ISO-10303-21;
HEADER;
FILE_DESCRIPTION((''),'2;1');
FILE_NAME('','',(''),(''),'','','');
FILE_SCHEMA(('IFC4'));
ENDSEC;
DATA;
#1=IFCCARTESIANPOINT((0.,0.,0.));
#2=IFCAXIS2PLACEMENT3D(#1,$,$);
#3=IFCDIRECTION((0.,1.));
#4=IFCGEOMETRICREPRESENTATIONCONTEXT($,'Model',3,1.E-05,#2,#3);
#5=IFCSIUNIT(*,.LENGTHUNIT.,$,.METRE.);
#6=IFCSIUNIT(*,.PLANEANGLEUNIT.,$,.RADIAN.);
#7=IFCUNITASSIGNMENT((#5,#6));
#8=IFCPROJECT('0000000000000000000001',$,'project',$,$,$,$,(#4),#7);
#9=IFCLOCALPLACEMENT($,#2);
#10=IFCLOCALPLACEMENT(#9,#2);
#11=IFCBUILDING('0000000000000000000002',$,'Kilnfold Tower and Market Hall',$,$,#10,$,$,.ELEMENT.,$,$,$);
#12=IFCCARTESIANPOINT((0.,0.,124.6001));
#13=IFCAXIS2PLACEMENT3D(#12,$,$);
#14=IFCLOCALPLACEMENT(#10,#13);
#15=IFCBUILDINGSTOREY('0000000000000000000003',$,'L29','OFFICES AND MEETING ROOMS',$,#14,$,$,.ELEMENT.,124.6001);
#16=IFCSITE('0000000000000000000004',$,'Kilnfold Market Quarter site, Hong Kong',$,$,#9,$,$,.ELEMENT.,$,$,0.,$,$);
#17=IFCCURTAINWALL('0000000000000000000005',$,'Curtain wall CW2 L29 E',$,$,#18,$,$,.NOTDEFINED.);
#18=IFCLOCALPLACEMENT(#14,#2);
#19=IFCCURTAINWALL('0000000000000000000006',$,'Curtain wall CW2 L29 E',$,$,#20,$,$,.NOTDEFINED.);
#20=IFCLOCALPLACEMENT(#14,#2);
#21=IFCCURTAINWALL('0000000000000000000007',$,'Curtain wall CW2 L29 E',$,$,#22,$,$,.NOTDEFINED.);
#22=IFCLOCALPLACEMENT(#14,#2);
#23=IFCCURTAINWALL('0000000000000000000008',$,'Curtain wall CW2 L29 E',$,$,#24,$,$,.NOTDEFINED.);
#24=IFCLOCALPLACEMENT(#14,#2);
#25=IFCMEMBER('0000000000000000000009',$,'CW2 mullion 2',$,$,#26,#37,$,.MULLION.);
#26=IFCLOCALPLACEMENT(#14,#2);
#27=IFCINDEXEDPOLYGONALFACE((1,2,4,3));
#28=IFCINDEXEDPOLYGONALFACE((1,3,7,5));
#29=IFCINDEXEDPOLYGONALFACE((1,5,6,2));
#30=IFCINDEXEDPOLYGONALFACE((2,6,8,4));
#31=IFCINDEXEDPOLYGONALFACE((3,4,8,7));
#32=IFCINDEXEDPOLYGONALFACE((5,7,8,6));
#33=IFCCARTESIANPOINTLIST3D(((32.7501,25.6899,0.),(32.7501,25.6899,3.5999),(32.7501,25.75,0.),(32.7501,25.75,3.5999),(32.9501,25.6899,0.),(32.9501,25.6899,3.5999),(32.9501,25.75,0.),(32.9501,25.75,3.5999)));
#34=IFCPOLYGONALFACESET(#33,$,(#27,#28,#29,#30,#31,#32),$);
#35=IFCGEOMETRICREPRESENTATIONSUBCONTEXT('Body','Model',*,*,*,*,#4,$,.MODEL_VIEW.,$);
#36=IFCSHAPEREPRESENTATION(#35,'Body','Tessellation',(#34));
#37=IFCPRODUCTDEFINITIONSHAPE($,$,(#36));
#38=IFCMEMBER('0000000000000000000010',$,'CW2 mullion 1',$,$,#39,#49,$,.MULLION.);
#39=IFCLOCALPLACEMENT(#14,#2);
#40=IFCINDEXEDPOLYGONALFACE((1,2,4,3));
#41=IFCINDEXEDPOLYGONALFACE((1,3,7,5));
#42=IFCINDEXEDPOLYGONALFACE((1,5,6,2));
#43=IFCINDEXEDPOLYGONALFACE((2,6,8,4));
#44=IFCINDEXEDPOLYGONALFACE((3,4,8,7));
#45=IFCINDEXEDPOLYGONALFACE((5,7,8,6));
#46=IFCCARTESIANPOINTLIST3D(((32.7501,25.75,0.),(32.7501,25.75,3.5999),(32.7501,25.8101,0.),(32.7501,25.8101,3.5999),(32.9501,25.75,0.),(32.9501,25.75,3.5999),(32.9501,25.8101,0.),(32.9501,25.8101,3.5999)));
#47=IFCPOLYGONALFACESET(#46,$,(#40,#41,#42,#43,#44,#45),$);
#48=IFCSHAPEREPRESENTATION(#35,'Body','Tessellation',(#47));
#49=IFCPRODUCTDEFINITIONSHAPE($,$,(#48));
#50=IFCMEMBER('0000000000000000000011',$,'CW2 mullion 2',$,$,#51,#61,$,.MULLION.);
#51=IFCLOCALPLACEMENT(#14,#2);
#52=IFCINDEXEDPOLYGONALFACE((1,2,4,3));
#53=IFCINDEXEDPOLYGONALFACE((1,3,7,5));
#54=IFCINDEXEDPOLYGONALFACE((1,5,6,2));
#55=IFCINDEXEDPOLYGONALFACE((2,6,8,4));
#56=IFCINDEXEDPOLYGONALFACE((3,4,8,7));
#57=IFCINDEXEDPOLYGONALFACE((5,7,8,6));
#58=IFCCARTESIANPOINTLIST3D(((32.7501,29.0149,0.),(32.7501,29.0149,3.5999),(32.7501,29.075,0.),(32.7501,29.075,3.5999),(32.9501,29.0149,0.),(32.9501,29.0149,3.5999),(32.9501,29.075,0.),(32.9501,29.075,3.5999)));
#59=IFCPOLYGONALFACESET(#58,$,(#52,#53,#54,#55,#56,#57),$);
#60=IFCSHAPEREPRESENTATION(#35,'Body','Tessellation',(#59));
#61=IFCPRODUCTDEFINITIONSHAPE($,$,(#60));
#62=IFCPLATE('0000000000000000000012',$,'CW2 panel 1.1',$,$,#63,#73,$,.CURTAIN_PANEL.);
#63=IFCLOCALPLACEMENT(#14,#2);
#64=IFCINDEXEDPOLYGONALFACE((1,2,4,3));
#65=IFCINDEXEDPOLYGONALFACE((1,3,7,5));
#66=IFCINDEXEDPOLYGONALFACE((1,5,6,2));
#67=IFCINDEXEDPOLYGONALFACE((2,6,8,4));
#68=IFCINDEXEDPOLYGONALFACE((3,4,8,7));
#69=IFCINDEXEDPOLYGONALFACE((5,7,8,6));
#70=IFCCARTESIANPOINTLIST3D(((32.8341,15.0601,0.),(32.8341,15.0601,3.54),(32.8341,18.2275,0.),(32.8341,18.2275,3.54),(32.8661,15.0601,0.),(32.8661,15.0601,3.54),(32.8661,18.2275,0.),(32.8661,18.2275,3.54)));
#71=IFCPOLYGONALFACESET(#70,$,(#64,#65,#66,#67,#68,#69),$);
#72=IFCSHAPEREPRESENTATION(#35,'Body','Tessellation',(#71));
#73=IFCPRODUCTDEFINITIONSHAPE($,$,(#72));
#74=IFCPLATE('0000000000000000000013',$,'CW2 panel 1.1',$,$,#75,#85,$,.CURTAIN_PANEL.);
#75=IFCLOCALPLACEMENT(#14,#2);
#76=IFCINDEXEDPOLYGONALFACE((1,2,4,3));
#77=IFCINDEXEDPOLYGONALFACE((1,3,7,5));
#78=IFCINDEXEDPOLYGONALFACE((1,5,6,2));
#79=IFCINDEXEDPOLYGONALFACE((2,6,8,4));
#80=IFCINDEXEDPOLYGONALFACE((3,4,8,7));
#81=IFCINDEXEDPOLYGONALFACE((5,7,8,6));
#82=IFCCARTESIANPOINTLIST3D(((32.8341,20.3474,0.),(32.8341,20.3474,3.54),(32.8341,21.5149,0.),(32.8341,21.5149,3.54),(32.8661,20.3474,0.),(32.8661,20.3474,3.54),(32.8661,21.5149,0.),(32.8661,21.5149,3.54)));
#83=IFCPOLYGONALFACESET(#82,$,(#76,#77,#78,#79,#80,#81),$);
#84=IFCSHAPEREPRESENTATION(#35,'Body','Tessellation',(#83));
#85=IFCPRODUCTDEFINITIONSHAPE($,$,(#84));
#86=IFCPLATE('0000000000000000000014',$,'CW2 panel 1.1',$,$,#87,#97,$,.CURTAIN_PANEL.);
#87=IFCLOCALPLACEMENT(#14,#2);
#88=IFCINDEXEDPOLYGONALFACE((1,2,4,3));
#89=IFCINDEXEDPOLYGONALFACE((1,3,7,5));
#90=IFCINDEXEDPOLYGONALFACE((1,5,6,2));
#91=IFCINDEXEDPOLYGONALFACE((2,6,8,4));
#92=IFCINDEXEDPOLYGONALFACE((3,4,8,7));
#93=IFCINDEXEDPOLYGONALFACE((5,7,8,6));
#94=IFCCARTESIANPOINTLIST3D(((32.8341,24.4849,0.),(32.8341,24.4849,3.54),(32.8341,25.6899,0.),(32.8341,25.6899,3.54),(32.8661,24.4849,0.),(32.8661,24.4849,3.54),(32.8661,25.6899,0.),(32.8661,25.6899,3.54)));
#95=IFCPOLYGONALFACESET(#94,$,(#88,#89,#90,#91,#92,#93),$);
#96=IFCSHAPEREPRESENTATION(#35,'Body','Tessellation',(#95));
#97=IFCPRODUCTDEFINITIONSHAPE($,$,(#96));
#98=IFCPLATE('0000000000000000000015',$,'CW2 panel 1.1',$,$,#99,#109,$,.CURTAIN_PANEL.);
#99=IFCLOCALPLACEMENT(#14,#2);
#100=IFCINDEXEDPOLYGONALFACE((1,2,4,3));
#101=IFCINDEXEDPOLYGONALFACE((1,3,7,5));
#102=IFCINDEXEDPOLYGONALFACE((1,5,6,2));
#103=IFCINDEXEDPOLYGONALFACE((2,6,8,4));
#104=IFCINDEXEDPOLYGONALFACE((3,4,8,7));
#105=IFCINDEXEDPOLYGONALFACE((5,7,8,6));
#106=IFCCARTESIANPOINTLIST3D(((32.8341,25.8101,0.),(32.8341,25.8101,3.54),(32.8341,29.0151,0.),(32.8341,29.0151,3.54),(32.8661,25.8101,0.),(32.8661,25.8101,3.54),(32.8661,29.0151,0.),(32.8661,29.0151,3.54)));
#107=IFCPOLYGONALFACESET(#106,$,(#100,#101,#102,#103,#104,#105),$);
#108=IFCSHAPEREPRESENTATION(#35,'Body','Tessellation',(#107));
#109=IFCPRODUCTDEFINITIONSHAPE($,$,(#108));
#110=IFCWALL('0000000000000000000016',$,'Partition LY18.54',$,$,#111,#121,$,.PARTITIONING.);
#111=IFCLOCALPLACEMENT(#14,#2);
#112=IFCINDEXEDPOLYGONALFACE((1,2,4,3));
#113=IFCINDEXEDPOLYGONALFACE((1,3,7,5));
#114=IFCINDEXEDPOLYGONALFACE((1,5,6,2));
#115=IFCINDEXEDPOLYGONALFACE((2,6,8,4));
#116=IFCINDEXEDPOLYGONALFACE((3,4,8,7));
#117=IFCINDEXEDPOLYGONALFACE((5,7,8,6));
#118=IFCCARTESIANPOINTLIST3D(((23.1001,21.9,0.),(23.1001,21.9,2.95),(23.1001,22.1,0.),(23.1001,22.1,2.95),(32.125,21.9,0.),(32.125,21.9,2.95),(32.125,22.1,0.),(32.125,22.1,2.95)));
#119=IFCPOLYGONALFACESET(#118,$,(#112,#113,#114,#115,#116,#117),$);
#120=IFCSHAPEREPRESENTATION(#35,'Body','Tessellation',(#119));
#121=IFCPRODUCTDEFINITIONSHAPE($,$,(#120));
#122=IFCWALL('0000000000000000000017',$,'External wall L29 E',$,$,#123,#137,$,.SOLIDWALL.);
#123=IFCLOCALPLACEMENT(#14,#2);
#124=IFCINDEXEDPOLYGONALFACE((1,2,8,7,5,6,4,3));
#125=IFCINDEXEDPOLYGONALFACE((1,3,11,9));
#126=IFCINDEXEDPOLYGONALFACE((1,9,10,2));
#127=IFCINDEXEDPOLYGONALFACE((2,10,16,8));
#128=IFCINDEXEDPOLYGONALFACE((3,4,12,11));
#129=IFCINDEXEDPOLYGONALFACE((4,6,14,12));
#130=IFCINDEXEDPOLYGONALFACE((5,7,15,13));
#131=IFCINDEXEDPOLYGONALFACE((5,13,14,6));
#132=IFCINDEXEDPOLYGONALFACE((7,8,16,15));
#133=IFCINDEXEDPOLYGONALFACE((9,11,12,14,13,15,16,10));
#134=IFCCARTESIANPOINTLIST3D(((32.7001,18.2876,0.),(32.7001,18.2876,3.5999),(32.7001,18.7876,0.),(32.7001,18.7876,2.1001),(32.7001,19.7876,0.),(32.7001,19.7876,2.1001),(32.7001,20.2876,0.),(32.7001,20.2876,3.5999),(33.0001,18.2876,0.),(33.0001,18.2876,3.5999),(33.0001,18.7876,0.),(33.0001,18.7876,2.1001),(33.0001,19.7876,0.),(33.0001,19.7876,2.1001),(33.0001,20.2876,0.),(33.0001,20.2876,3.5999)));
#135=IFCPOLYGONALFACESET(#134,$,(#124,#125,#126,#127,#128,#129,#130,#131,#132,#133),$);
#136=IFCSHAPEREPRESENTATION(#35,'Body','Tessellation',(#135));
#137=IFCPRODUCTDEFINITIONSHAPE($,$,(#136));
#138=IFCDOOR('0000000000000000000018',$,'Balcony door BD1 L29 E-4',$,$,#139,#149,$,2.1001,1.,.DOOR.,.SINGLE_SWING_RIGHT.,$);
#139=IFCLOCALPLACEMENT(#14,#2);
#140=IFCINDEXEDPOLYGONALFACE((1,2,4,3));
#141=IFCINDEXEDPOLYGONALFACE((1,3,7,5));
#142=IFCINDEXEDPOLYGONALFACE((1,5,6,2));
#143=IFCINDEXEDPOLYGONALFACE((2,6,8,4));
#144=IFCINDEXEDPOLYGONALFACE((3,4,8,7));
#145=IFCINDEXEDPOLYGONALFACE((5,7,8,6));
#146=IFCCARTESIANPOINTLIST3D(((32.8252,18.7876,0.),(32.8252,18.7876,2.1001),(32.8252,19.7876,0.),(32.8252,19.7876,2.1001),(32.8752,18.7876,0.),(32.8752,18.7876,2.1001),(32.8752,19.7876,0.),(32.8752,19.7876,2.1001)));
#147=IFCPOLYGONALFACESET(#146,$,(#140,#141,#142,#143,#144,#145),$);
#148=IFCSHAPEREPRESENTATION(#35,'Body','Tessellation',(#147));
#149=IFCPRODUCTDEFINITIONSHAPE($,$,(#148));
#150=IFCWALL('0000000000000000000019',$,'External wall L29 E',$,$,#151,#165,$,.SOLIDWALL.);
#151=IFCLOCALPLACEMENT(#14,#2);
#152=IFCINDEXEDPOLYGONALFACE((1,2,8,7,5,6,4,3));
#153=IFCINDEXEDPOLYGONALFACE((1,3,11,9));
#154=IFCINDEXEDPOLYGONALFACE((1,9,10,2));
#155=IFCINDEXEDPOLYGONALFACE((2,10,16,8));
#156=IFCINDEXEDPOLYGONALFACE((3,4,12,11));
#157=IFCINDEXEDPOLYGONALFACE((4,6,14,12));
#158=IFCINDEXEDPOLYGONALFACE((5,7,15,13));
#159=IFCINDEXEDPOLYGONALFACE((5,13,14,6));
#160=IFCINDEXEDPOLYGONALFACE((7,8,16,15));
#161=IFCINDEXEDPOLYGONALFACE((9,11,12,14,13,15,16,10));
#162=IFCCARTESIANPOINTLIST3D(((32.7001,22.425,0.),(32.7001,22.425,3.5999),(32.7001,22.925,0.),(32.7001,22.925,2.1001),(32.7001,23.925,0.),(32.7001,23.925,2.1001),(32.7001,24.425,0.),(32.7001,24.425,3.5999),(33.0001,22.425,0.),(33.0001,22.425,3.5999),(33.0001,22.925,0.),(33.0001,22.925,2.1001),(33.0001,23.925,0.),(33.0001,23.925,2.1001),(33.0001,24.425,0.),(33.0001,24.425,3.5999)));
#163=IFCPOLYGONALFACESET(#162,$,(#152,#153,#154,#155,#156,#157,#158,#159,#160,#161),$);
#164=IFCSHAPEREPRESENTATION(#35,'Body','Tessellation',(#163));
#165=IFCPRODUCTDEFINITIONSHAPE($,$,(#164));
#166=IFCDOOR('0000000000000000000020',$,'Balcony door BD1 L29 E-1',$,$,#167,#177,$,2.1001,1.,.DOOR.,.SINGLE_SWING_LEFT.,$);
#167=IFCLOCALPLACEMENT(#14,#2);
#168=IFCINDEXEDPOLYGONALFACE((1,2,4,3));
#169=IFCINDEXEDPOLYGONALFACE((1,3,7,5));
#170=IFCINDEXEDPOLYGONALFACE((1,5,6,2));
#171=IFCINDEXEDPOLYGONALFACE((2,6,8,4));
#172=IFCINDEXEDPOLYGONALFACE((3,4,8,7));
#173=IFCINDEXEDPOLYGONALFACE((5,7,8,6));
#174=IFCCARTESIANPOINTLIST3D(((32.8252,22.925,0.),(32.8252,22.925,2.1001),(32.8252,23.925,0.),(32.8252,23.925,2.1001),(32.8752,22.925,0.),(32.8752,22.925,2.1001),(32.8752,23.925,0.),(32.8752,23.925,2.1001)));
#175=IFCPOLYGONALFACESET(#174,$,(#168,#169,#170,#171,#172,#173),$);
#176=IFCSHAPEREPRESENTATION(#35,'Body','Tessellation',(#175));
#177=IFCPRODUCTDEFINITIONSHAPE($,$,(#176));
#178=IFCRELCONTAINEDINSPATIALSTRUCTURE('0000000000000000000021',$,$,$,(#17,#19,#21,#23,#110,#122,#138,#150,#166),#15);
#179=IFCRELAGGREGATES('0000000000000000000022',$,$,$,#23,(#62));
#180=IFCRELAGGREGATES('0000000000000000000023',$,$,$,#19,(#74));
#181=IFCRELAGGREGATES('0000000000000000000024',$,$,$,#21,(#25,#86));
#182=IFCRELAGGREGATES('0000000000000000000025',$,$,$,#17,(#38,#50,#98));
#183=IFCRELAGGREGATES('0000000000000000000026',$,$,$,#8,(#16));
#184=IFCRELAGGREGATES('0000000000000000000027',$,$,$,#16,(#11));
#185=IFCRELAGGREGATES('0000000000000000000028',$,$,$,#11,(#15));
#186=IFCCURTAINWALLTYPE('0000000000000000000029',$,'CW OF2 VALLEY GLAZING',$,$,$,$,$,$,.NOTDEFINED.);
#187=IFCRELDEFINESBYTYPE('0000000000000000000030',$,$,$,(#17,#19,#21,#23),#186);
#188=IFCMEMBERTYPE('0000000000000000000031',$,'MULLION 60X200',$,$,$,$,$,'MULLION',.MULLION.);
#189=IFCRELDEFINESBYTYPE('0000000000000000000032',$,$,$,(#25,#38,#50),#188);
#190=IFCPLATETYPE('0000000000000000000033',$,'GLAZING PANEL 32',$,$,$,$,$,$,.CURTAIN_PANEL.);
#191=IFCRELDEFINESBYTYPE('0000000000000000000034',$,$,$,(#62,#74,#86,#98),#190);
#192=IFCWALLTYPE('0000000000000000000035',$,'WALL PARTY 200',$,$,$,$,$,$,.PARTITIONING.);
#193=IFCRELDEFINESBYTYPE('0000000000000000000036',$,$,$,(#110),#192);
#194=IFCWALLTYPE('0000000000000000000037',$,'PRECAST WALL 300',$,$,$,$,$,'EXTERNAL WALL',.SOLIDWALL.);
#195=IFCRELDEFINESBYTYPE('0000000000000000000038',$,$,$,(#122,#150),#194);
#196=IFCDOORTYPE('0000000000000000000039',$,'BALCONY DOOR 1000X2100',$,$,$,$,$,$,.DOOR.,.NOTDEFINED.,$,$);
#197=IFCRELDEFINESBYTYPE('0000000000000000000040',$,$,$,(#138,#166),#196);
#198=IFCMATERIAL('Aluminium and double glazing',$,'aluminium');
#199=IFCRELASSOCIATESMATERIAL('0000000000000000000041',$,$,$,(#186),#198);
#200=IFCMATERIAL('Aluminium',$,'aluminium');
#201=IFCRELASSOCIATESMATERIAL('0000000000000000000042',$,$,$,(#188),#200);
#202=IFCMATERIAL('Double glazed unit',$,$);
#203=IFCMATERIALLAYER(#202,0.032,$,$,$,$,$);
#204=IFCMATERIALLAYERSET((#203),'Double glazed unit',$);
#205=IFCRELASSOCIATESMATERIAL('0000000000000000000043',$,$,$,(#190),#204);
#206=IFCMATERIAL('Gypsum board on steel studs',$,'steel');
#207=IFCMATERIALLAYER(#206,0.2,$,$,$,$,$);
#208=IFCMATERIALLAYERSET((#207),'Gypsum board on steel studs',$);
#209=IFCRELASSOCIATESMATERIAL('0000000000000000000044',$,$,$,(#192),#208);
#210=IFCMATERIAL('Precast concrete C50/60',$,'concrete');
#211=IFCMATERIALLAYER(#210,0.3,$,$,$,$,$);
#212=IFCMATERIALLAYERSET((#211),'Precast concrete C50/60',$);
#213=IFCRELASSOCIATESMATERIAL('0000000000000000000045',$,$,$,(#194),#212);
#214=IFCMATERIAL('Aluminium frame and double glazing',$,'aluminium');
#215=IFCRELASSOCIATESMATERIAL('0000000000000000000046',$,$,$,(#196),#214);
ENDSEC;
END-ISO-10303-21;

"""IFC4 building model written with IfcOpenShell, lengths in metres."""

from ifc_helpers import new_model, si_unit, direction, frame, frame_2d, origin, origin_2d, place, context, subcontext, project, spatial, rectangle, extrude, source, transform, mapped, material, layer, layer_set, material_profile, profile_set, type_object, element, fill, aggregate, save


model = new_model("IFC4")

# Units and contexts
model_context = context("Model", 3, precision=1e-05, world=origin(), true_north=direction((0.0, 1.0)))
body_context = subcontext(model_context, "Body", "Model", "MODEL_VIEW")
ifc_project = project(units=[si_unit("LENGTHUNIT", "METRE"), si_unit("PLANEANGLEUNIT", "RADIAN")], contexts=[model_context])

# Site, building, storey
site_placement = place(None, origin())
site = spatial("IfcSite", under=ifc_project, at=site_placement, Name="Kilnfold Market Quarter site, Hong Kong", CompositionType="ELEMENT", RefElevation=0.0)
building_placement = place(site_placement, origin())
building = spatial("IfcBuilding", under=site, at=building_placement, Name="Kilnfold Tower and Market Hall", CompositionType="ELEMENT")
storey_placement = place(building_placement, frame((0.0, 0.0, 124.6001)))
storey = spatial("IfcBuildingStorey", under=building, at=storey_placement, Name="L29", Description="OFFICES AND MEETING ROOMS", CompositionType="ELEMENT", Elevation=124.6001)

# Curtain walls
ifc_material_1 = material(Name="Aluminium and double glazing", Category="aluminium")
curtain_wall_type = type_object("IfcCurtainWallType", Name="CW OF2 VALLEY GLAZING", PredefinedType="NOTDEFINED", material=ifc_material_1)
curtain_wall_1_placement = place(storey_placement, origin())
curtain_wall_1 = element("IfcCurtainWall", 1, at=curtain_wall_1_placement, inside=storey, type_object=curtain_wall_type, Name="Curtain wall CW2 L29 E", PredefinedType="NOTDEFINED")
curtain_wall_2_placement = place(storey_placement, origin())
curtain_wall_2 = element("IfcCurtainWall", 2, at=curtain_wall_2_placement, inside=storey, type_object=curtain_wall_type, Name="Curtain wall CW2 L29 E", PredefinedType="NOTDEFINED")
curtain_wall_3_placement = place(storey_placement, origin())
curtain_wall_3 = element("IfcCurtainWall", 3, at=curtain_wall_3_placement, inside=storey, type_object=curtain_wall_type, Name="Curtain wall CW2 L29 E", PredefinedType="NOTDEFINED")
curtain_wall_4_placement = place(storey_placement, origin())
curtain_wall_4 = element("IfcCurtainWall", 4, at=curtain_wall_4_placement, inside=storey, type_object=curtain_wall_type, Name="Curtain wall CW2 L29 E", PredefinedType="NOTDEFINED")
ifc_material_2 = material(Name="Aluminium", Category="aluminium")
ifc_material_profile_1 = material_profile(ifc_material_2, rectangle(XDim=0.0601, YDim=0.2, at=origin_2d()), Name="MULLION 60x200")
ifc_profile_set_1 = profile_set([ifc_material_profile_1], Name="Aluminium")
member_type_1 = type_object("IfcMemberType", Name="MULLION 60X200", ElementType="MULLION", PredefinedType="MULLION", material=ifc_profile_set_1)
shared_shape_1 = source(origin(), body_context, "Body", "SweptSolid", [
    extrude(rectangle(XDim=0.0601, YDim=0.2, at=origin_2d()), origin(), (0.0, 0.0, 1.0), 3.5999),
])

# Members
member_1_placement = place(storey_placement, frame((32.8501, 25.72, 0.0), z_axis=(0.0, 0.0, 1.0), x_axis=(0.0, 1.0, 0.0)))
member_1 = element("IfcMember", 5, at=member_1_placement, type_object=member_type_1, Name="CW2 mullion 2", PredefinedType="MULLION", context=body_context, shape_type="MappedRepresentation", body=[
    mapped(shared_shape_1, transform((0.0, 0.0, 0.0))),
])
member_2_placement = place(storey_placement, frame((32.8501, 25.78, 0.0), z_axis=(0.0, 0.0, 1.0), x_axis=(0.0, 1.0, 0.0)))
member_2 = element("IfcMember", 6, at=member_2_placement, type_object=member_type_1, Name="CW2 mullion 1", PredefinedType="MULLION", context=body_context, shape_type="MappedRepresentation", body=[
    mapped(shared_shape_1, transform((0.0, 0.0, 0.0))),
])
member_3_placement = place(storey_placement, frame((32.8501, 29.0449, 0.0), z_axis=(0.0, 0.0, 1.0), x_axis=(0.0, 1.0, 0.0)))
member_3 = element("IfcMember", 7, at=member_3_placement, type_object=member_type_1, Name="CW2 mullion 2", PredefinedType="MULLION", context=body_context, shape_type="MappedRepresentation", body=[
    mapped(shared_shape_1, transform((0.0, 0.0, 0.0))),
])

# Plates
ifc_material_3 = material(Name="Double glazed unit")
ifc_layer_1 = layer(ifc_material_3, 0.032)
ifc_layer_set_1 = layer_set([ifc_layer_1], Name="Double glazed unit")
plate_type = type_object("IfcPlateType", Name="GLAZING PANEL 32", PredefinedType="CURTAIN_PANEL", material=ifc_layer_set_1)
shared_shape_2 = source(origin(), body_context, "Body", "SweptSolid", [
    extrude(rectangle(XDim=3.1675, YDim=0.032, at=origin_2d()), origin(), (0.0, 0.0, 1.0), 3.54),
])
plate_1_placement = place(storey_placement, frame((32.8501, 16.6438, 0.0), z_axis=(0.0, 0.0, 1.0), x_axis=(0.0, 1.0, 0.0)))
plate_1 = element("IfcPlate", 8, at=plate_1_placement, type_object=plate_type, Name="CW2 panel 1.1", PredefinedType="CURTAIN_PANEL", context=body_context, shape_type="MappedRepresentation", body=[
    mapped(shared_shape_2, transform((0.0, 0.0, 0.0))),
])
aggregate(curtain_wall_4, [plate_1])
shared_shape_3 = source(origin(), body_context, "Body", "SweptSolid", [
    extrude(rectangle(XDim=1.1675, YDim=0.032, at=origin_2d()), origin(), (0.0, 0.0, 1.0), 3.54),
])
plate_2_placement = place(storey_placement, frame((32.8501, 20.9312, 0.0), z_axis=(0.0, 0.0, 1.0), x_axis=(0.0, 1.0, 0.0)))
plate_2 = element("IfcPlate", 9, at=plate_2_placement, type_object=plate_type, Name="CW2 panel 1.1", PredefinedType="CURTAIN_PANEL", context=body_context, shape_type="MappedRepresentation", body=[
    mapped(shared_shape_3, transform((0.0, 0.0, 0.0))),
])
aggregate(curtain_wall_2, [plate_2])
shared_shape_4 = source(origin(), body_context, "Body", "SweptSolid", [
    extrude(rectangle(XDim=1.2051, YDim=0.032, at=origin_2d()), origin(), (0.0, 0.0, 1.0), 3.54),
])
plate_3_placement = place(storey_placement, frame((32.8501, 25.0874, 0.0), z_axis=(0.0, 0.0, 1.0), x_axis=(0.0, 1.0, 0.0)))
plate_3 = element("IfcPlate", 10, at=plate_3_placement, type_object=plate_type, Name="CW2 panel 1.1", PredefinedType="CURTAIN_PANEL", context=body_context, shape_type="MappedRepresentation", body=[
    mapped(shared_shape_4, transform((0.0, 0.0, 0.0))),
])
aggregate(curtain_wall_3, [member_1, plate_3])
shared_shape_5 = source(origin(), body_context, "Body", "SweptSolid", [
    extrude(rectangle(XDim=3.2051, YDim=0.032, at=origin_2d()), origin(), (0.0, 0.0, 1.0), 3.54),
])
plate_4_placement = place(storey_placement, frame((32.8501, 27.4126, 0.0), z_axis=(0.0, 0.0, 1.0), x_axis=(0.0, 1.0, 0.0)))
plate_4 = element("IfcPlate", 11, at=plate_4_placement, type_object=plate_type, Name="CW2 panel 1.1", PredefinedType="CURTAIN_PANEL", context=body_context, shape_type="MappedRepresentation", body=[
    mapped(shared_shape_5, transform((0.0, 0.0, 0.0))),
])
aggregate(curtain_wall_1, [member_2, member_3, plate_4])

# Wall
ifc_material_4 = material(Name="Gypsum board on steel studs", Category="steel")
ifc_layer_2 = layer(ifc_material_4, 0.2)
ifc_layer_set_2 = layer_set([ifc_layer_2], Name="Gypsum board on steel studs")
wall_type_1 = type_object("IfcWallType", Name="WALL PARTY 200", PredefinedType="PARTITIONING", material=ifc_layer_set_2)
wall_1_placement = place(storey_placement, frame((23.1001, 22.0, 0.0), z_axis=(0.0, 0.0, 1.0), x_axis=(1.0, 0.0, 0.0)))
element("IfcWall", 12, at=wall_1_placement, inside=storey, type_object=wall_type_1, Name="Partition LY18.54", PredefinedType="PARTITIONING", context=body_context, shape_type="SweptSolid", body=[
    extrude(rectangle(XDim=9.0249, YDim=0.2, at=frame_2d((4.5125, 0.0))), origin(), (0.0, 0.0, 1.0), 2.95),
])

# Walls, openings, doors
ifc_material_5 = material(Name="Precast concrete C50/60", Category="concrete")
ifc_layer_3 = layer(ifc_material_5, 0.3)
ifc_layer_set_3 = layer_set([ifc_layer_3], Name="Precast concrete C50/60")
wall_type_2 = type_object("IfcWallType", Name="PRECAST WALL 300", ElementType="EXTERNAL WALL", PredefinedType="SOLIDWALL", material=ifc_layer_set_3)
shared_shape_6 = source(origin(), body_context, "Body", "SweptSolid", [
    extrude(rectangle(XDim=2.0, YDim=0.3, at=frame_2d((1.0, 0.0))), origin(), (0.0, 0.0, 1.0), 3.5999),
])
wall_2_placement = place(storey_placement, frame((32.8501, 18.2876, 0.0), z_axis=(0.0, 0.0, 1.0), x_axis=(0.0, 1.0, 0.0)))
wall_2 = element("IfcWall", 13, at=wall_2_placement, inside=storey, type_object=wall_type_2, Name="External wall L29 E", PredefinedType="SOLIDWALL", context=body_context, shape_type="MappedRepresentation", body=[
    mapped(shared_shape_6, transform((0.0, 0.0, 0.0))),
])
opening_1_placement = place(wall_2_placement, frame((0.5, 0.0, 0.0)))
opening_1 = element("IfcOpeningElement", 14, at=opening_1_placement, cuts=wall_2, PredefinedType="OPENING", context=body_context, shape_type="SweptSolid", body=[
    extrude(rectangle(XDim=1.0, YDim=2.1001, at=frame_2d((0.5, 1.05))), frame((0.0, 0.1602, 0.0), z_axis=(0.0, -1.0, 0.0), x_axis=(1.0, 0.0, 0.0)), (0.0, 0.0, 1.0), 0.3201),
])
ifc_material_6 = material(Name="Aluminium frame and double glazing", Category="aluminium")
door_type = type_object("IfcDoorType", Name="BALCONY DOOR 1000X2100", OperationType="NOTDEFINED", PredefinedType="DOOR", material=ifc_material_6)
door_1_placement = place(opening_1_placement, origin())
door_1 = element("IfcDoor", 15, at=door_1_placement, inside=storey, type_object=door_type, Name="Balcony door BD1 L29 E-4", OperationType="SINGLE_SWING_RIGHT", OverallHeight=2.1001, OverallWidth=1.0, PredefinedType="DOOR", context=body_context, shape_type="SweptSolid", body=[
    extrude(rectangle(XDim=1.0, YDim=2.1001, at=frame_2d((0.5, 1.05))), frame((0.0, 0.0249, 0.0), z_axis=(0.0, -1.0, 0.0), x_axis=(1.0, 0.0, 0.0)), (0.0, 0.0, 1.0), 0.05),
])
fill(opening_1, door_1)
wall_3_placement = place(storey_placement, frame((32.8501, 22.425, 0.0), z_axis=(0.0, 0.0, 1.0), x_axis=(0.0, 1.0, 0.0)))
wall_3 = element("IfcWall", 16, at=wall_3_placement, inside=storey, type_object=wall_type_2, Name="External wall L29 E", PredefinedType="SOLIDWALL", context=body_context, shape_type="MappedRepresentation", body=[
    mapped(shared_shape_6, transform((0.0, 0.0, 0.0))),
])
opening_2_placement = place(wall_3_placement, frame((0.5, 0.0, 0.0)))
opening_2 = element("IfcOpeningElement", 17, at=opening_2_placement, cuts=wall_3, PredefinedType="OPENING", context=body_context, shape_type="SweptSolid", body=[
    extrude(rectangle(XDim=1.0, YDim=2.1001, at=frame_2d((0.5, 1.05))), frame((0.0, 0.1602, 0.0), z_axis=(0.0, -1.0, 0.0), x_axis=(1.0, 0.0, 0.0)), (0.0, 0.0, 1.0), 0.3201),
])
door_2_placement = place(opening_2_placement, origin())
door_2 = element("IfcDoor", 18, at=door_2_placement, inside=storey, type_object=door_type, Name="Balcony door BD1 L29 E-1", OperationType="SINGLE_SWING_LEFT", OverallHeight=2.1001, OverallWidth=1.0, PredefinedType="DOOR", context=body_context, shape_type="SweptSolid", body=[
    extrude(rectangle(XDim=1.0, YDim=2.1001, at=frame_2d((0.5, 1.05))), frame((0.0, 0.0249, 0.0), z_axis=(0.0, -1.0, 0.0), x_axis=(1.0, 0.0, 0.0)), (0.0, 0.0, 1.0), 0.05),
])
fill(opening_2, door_2)

save(model, "model.ifc")
